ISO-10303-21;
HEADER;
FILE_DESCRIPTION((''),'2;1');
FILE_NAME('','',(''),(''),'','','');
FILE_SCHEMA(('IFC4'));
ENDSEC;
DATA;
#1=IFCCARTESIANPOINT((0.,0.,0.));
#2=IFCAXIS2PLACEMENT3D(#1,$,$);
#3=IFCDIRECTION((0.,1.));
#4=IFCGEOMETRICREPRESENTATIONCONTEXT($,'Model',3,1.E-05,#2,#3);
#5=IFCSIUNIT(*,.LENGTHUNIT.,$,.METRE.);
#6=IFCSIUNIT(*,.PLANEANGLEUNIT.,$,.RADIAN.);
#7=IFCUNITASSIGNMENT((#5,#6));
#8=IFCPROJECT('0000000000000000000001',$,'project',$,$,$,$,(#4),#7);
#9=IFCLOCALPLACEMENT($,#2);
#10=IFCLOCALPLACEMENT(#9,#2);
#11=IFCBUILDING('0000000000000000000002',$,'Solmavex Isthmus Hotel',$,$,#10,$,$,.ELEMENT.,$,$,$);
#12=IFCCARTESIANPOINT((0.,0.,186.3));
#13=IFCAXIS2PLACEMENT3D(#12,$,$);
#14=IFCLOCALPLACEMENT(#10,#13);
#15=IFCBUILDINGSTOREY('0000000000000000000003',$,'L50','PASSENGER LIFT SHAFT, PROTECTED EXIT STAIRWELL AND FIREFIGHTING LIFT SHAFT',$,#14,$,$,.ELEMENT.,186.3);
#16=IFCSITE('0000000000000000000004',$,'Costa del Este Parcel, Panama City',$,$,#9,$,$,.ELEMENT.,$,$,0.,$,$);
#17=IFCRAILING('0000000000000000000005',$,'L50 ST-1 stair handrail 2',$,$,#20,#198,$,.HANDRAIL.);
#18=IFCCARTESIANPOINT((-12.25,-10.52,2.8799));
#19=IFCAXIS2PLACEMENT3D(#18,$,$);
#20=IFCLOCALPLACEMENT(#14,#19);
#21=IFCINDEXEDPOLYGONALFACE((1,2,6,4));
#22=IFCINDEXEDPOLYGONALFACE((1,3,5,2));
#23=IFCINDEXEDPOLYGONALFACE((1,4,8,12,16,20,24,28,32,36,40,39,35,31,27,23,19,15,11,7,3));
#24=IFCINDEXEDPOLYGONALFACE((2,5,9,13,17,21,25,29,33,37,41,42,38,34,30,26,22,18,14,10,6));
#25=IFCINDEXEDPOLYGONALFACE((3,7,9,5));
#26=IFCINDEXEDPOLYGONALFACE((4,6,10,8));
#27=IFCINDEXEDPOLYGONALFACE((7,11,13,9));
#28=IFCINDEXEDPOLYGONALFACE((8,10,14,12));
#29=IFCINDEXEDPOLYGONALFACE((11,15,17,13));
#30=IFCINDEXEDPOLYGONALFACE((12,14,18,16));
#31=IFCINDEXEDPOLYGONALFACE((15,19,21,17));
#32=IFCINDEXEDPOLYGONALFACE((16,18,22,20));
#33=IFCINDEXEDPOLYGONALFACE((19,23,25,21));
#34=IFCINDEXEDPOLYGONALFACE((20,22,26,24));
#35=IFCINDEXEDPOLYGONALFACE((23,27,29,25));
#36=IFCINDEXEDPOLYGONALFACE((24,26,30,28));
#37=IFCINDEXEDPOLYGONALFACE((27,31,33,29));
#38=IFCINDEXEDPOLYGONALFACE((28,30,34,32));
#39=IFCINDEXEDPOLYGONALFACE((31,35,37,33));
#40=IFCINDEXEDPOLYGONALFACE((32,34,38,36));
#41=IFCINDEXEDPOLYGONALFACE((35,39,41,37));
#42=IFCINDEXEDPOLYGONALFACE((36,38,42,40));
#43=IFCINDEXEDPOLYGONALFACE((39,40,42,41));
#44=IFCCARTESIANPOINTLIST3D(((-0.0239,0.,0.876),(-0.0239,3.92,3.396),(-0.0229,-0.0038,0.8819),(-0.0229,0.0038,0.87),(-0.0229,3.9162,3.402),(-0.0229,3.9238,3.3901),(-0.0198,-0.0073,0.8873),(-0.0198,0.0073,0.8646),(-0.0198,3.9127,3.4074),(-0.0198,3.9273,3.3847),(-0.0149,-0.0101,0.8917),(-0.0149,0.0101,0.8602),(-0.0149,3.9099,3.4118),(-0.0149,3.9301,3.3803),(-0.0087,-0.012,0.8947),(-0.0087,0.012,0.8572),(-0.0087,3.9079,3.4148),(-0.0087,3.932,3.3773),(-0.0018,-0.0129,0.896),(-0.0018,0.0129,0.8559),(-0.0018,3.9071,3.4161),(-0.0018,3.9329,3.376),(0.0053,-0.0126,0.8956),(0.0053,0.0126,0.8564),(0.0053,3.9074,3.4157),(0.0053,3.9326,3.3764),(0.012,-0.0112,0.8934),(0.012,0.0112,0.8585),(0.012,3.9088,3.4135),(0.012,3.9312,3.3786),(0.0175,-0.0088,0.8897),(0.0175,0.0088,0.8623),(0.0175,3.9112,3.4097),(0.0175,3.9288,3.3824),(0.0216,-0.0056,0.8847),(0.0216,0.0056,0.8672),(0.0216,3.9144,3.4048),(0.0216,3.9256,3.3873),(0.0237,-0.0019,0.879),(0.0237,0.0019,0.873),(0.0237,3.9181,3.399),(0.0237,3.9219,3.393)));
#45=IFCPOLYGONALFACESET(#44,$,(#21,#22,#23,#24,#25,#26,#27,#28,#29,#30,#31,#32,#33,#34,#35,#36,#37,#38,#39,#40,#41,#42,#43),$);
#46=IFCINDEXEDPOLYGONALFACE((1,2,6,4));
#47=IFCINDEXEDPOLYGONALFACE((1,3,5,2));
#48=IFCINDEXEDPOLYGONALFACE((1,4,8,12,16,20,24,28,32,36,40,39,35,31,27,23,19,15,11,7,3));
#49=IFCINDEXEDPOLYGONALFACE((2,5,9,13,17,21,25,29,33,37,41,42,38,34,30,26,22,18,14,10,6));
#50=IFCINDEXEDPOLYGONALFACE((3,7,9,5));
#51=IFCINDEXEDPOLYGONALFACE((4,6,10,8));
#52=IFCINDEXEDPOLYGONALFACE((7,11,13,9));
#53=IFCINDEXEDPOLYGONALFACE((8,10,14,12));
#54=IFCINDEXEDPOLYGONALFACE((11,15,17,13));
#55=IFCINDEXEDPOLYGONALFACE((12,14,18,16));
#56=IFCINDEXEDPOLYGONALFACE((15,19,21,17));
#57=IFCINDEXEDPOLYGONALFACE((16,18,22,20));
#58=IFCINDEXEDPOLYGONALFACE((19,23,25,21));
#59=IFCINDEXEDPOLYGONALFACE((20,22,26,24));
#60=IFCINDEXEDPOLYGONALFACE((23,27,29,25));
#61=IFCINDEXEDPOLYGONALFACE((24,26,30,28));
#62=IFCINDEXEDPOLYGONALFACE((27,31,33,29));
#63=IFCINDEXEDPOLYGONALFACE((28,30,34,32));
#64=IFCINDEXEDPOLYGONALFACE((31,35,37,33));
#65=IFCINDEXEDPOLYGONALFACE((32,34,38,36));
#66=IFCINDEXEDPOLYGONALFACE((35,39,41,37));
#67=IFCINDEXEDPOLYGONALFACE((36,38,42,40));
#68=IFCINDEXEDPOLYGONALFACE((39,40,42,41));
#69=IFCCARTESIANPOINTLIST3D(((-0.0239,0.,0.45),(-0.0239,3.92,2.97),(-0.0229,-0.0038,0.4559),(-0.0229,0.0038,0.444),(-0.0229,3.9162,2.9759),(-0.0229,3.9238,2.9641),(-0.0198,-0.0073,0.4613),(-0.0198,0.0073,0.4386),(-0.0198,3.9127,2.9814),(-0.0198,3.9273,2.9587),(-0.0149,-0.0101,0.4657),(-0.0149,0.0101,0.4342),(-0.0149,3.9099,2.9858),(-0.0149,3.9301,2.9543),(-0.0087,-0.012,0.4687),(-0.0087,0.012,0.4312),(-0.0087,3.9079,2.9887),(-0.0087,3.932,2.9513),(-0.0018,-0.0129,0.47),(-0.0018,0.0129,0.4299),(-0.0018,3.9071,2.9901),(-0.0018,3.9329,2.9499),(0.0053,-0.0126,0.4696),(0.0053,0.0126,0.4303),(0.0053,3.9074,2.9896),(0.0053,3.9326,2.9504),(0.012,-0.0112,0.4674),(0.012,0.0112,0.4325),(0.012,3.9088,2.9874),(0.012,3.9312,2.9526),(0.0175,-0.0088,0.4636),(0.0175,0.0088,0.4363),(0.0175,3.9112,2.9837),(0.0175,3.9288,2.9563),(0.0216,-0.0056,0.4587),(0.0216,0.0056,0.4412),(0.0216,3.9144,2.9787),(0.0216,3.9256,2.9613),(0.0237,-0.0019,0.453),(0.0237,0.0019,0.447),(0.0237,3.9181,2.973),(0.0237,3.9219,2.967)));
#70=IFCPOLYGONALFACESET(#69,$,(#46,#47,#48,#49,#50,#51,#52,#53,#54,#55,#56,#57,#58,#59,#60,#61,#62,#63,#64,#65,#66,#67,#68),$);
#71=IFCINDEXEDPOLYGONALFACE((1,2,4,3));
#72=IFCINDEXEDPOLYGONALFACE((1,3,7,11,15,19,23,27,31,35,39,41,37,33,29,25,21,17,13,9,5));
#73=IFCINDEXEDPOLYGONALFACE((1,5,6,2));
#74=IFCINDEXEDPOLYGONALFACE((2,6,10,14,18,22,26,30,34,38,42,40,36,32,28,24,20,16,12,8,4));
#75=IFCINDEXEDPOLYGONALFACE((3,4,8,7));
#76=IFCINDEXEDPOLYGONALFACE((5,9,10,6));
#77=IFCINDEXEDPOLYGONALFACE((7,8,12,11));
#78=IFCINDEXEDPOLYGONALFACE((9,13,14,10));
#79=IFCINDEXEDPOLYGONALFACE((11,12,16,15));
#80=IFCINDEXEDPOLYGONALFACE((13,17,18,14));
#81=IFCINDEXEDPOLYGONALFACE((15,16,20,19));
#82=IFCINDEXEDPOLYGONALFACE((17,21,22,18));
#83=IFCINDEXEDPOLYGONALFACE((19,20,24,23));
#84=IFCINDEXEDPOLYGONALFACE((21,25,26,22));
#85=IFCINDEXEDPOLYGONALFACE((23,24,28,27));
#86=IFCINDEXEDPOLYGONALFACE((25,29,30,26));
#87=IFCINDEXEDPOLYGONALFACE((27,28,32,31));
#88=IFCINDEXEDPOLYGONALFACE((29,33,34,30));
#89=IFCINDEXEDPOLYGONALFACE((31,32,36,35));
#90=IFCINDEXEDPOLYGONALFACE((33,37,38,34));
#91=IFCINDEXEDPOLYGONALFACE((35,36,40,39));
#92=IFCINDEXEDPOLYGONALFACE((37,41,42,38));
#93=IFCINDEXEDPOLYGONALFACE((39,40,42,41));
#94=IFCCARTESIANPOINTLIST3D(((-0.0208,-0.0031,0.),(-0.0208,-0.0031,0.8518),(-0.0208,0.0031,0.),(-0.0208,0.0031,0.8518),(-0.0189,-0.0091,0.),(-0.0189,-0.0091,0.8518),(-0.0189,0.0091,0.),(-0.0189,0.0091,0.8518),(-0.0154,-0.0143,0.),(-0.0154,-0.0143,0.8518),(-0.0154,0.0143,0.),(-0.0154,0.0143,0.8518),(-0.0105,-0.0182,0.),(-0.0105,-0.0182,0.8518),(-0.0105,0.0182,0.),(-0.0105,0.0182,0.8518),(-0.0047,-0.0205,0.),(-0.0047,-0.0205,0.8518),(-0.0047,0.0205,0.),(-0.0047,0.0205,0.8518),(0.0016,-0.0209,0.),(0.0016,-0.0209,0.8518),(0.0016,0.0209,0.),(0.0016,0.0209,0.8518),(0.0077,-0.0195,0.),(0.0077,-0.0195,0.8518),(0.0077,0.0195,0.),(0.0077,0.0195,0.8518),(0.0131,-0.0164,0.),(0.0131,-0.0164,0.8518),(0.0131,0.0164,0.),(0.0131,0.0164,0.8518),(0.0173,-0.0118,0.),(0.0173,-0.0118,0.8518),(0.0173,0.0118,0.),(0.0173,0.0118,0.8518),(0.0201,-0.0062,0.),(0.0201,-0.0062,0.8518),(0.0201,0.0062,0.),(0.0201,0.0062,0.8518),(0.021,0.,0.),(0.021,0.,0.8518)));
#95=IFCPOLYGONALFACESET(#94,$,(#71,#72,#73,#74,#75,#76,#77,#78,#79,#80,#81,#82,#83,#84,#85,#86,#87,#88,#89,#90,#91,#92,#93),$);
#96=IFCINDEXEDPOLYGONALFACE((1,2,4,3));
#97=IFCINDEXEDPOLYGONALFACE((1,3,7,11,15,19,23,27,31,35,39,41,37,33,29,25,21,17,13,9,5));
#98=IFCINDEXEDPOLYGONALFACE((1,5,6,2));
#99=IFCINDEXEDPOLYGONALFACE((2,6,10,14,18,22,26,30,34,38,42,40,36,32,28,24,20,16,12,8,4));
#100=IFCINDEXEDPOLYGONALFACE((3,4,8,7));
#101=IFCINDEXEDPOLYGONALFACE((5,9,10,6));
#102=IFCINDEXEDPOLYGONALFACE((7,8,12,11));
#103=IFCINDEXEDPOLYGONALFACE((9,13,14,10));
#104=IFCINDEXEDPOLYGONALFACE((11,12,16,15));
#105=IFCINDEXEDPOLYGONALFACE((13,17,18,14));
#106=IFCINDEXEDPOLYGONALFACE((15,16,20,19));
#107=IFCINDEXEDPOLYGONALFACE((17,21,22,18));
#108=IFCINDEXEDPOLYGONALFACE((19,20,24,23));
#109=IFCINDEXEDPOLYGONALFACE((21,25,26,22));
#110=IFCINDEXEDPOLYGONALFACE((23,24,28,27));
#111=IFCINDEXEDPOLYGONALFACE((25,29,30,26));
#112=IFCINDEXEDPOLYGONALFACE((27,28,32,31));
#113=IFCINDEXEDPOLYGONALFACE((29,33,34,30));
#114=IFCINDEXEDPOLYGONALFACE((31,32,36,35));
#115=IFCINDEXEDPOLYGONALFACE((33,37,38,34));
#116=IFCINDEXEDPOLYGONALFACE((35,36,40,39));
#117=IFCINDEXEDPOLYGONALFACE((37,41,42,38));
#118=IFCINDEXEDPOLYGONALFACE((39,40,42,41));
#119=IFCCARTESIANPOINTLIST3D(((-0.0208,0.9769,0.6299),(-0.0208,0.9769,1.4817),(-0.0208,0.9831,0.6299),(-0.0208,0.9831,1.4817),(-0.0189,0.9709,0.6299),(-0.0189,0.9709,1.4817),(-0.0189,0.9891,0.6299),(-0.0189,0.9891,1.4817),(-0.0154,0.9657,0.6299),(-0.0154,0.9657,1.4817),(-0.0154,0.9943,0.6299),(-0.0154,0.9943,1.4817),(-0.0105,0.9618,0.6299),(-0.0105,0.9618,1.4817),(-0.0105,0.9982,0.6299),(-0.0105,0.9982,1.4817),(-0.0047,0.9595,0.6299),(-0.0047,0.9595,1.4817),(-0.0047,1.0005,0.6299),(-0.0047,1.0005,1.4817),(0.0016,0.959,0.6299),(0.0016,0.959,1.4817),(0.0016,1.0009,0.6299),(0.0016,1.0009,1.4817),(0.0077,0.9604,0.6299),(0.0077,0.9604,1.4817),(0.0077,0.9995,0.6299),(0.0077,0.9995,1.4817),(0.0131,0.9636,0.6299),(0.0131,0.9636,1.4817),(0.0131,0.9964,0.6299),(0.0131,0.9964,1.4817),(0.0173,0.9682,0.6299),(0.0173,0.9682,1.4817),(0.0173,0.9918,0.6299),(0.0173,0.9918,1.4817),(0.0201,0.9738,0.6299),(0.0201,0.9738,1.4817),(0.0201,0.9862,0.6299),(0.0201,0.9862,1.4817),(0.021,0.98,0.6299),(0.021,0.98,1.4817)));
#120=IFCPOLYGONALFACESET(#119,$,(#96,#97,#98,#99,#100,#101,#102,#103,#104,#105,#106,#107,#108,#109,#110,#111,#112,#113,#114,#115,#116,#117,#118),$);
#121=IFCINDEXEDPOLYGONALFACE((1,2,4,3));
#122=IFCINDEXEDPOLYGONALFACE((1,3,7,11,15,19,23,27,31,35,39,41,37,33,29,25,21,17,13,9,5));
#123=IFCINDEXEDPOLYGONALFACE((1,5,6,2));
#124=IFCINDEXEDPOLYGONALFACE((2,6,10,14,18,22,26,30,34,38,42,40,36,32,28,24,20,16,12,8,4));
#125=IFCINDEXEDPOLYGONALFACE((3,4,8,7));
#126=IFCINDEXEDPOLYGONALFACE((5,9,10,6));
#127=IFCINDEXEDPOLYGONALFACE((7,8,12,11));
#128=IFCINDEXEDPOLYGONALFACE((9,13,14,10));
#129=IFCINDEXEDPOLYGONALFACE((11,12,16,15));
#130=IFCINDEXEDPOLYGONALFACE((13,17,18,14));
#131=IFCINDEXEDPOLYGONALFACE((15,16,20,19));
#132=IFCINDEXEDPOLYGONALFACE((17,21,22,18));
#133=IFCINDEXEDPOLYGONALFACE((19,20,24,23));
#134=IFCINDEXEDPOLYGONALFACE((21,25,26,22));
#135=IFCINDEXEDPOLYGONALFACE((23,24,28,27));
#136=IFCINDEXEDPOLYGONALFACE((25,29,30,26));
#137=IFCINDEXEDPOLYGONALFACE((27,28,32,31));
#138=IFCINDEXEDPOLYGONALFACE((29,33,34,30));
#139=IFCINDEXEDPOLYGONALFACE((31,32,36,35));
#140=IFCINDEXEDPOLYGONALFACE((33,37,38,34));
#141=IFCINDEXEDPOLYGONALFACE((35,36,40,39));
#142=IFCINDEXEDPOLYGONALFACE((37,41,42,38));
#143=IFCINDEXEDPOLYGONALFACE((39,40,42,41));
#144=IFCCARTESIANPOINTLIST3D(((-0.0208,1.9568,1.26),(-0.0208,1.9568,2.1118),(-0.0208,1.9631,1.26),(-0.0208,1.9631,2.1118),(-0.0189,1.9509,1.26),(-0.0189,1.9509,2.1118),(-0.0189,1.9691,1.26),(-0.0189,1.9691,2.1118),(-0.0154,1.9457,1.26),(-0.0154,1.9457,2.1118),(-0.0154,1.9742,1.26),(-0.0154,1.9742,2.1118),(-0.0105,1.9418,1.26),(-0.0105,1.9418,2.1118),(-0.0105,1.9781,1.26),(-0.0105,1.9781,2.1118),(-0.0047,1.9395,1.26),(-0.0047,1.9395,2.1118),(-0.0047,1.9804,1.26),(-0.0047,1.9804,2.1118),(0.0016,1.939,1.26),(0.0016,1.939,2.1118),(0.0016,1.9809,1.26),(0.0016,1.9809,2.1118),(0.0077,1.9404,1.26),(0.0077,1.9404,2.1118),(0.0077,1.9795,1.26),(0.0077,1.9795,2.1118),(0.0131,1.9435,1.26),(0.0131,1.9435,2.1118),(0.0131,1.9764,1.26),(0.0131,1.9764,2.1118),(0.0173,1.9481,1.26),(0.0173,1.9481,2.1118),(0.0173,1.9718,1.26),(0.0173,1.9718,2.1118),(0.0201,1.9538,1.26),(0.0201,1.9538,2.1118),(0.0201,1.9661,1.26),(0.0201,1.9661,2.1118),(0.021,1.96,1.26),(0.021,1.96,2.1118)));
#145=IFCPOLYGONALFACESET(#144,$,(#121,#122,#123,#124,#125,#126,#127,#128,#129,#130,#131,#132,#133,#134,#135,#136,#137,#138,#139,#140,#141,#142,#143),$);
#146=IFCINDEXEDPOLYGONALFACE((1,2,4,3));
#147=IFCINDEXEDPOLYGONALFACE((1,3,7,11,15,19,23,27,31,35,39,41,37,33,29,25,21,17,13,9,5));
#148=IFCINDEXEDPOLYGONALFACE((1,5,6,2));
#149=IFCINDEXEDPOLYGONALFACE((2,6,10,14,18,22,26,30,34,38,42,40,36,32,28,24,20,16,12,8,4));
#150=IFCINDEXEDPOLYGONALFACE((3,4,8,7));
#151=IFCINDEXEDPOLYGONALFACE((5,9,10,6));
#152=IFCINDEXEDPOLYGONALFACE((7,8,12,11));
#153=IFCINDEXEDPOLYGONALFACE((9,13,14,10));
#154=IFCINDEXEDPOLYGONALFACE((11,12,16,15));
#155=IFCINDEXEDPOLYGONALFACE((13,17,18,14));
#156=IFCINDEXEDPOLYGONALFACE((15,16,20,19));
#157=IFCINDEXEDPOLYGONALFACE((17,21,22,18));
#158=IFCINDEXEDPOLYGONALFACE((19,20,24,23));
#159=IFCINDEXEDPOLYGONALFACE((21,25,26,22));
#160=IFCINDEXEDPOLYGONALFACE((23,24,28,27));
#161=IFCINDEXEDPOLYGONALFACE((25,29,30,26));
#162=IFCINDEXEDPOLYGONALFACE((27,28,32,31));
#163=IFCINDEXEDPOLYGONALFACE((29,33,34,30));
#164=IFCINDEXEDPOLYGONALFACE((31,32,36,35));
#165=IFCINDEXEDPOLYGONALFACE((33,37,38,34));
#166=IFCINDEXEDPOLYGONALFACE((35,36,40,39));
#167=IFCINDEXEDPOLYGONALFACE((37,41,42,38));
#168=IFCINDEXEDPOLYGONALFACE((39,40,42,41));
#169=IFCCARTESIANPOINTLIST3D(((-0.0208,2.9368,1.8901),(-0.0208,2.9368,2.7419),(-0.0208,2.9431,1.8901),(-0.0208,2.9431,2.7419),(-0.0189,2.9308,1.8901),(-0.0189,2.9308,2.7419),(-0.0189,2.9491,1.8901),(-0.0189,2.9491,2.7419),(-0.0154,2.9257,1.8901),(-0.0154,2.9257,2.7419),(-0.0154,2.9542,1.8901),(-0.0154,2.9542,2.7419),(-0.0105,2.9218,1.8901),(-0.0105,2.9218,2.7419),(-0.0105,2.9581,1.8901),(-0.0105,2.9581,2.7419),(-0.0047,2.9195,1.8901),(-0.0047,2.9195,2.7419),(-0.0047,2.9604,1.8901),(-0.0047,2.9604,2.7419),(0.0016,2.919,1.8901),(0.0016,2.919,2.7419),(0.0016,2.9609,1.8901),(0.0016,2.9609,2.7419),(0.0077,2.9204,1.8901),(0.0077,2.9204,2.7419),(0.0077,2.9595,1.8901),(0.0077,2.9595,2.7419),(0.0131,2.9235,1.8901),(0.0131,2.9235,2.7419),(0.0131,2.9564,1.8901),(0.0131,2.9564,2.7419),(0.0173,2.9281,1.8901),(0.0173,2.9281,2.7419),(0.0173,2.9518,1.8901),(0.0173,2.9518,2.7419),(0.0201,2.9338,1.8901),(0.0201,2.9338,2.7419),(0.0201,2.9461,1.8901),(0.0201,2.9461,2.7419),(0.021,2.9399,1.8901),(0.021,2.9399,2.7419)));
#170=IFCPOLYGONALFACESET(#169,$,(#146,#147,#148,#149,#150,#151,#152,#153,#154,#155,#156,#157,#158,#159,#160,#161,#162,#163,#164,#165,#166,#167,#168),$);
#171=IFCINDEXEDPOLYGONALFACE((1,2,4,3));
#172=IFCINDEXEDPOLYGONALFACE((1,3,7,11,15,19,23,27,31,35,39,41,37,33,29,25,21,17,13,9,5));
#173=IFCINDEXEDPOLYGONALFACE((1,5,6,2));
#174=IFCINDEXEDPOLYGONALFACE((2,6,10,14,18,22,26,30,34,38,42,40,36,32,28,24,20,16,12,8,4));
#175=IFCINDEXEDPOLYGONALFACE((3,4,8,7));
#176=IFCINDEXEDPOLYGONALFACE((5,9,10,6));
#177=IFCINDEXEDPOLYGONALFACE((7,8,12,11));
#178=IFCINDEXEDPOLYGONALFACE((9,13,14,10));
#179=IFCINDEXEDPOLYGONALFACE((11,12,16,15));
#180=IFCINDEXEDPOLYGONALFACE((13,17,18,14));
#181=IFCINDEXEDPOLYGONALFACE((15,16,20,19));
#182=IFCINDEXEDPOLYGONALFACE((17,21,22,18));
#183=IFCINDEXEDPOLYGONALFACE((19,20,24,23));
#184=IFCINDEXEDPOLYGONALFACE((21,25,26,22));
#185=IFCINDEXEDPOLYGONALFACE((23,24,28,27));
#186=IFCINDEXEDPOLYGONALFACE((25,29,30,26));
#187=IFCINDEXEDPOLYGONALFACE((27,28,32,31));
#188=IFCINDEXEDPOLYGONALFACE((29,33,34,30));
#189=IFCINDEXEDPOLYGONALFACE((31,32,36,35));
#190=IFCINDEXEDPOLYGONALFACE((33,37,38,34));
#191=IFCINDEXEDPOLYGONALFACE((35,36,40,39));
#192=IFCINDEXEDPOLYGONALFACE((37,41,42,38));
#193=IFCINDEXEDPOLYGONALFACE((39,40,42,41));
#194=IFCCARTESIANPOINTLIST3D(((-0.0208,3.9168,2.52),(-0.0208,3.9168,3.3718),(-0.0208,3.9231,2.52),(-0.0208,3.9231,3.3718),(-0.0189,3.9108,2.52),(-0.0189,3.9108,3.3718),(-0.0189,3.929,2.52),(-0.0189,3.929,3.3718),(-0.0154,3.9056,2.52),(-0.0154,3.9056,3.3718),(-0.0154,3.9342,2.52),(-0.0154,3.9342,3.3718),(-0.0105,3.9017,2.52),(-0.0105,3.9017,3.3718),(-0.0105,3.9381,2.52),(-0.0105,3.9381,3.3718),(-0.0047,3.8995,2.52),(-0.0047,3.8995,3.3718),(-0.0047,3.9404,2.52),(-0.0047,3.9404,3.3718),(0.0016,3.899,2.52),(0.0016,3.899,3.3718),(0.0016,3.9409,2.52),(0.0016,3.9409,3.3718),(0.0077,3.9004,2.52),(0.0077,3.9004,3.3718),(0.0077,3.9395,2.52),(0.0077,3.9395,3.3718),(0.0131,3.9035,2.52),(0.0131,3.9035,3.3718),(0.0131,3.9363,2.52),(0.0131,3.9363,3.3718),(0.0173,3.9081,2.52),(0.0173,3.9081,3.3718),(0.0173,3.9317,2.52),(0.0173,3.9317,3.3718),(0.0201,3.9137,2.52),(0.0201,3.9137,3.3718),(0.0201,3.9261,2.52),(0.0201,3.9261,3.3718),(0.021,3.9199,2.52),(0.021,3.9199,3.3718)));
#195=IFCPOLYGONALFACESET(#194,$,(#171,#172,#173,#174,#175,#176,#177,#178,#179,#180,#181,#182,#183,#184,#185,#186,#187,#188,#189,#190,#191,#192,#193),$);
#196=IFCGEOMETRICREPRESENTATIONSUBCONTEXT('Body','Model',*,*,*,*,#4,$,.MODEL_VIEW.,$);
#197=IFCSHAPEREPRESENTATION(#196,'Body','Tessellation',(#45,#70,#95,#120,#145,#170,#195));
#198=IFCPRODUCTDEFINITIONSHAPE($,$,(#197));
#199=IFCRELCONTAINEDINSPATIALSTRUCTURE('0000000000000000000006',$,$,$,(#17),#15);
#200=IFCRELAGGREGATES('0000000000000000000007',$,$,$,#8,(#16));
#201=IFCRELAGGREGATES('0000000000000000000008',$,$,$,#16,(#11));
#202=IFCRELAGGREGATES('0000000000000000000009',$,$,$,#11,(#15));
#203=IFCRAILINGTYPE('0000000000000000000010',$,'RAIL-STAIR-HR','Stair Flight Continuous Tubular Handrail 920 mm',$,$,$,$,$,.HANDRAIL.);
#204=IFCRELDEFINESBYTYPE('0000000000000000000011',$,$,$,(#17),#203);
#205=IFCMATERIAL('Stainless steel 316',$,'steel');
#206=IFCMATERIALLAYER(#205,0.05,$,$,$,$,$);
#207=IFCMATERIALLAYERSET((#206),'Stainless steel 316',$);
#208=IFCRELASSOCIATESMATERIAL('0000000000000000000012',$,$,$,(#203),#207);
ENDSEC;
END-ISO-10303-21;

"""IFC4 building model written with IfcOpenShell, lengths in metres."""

from ifc_helpers import new_model, si_unit, direction, frame, origin, origin_2d, place, context, subcontext, project, spatial, circle, extrude, material, layer, layer_set, type_object, element, save


model = new_model("IFC4")

# Units and contexts
model_context = context("Model", 3, precision=1e-05, world=origin(), true_north=direction((0.0, 1.0)))
body_context = subcontext(model_context, "Body", "Model", "MODEL_VIEW")
ifc_project = project(units=[si_unit("LENGTHUNIT", "METRE"), si_unit("PLANEANGLEUNIT", "RADIAN")], contexts=[model_context])

# Site, building, storey
site_placement = place(None, origin())
site = spatial("IfcSite", under=ifc_project, at=site_placement, Name="Costa del Este Parcel, Panama City", CompositionType="ELEMENT", RefElevation=0.0)
building_placement = place(site_placement, origin())
building = spatial("IfcBuilding", under=site, at=building_placement, Name="Solmavex Isthmus Hotel", CompositionType="ELEMENT")
storey_placement = place(building_placement, frame((0.0, 0.0, 186.3)))
storey = spatial("IfcBuildingStorey", under=building, at=storey_placement, Name="L50", Description="PASSENGER LIFT SHAFT, PROTECTED EXIT STAIRWELL AND FIREFIGHTING LIFT SHAFT", CompositionType="ELEMENT", Elevation=186.3)

# Shared definitions
ifc_material_1 = material(Name="Stainless steel 316", Category="steel")

# Railing
ifc_layer_1 = layer(ifc_material_1, 0.05)
ifc_layer_set_1 = layer_set([ifc_layer_1], Name="Stainless steel 316")
railing_type_1 = type_object("IfcRailingType", Name="RAIL-STAIR-HR", Description="Stair Flight Continuous Tubular Handrail 920 mm", PredefinedType="HANDRAIL", material=ifc_layer_set_1)
railing_1_placement = place(storey_placement, frame((-12.25, -10.52, 2.8799)))
element("IfcRailing", 1, at=railing_1_placement, inside=storey, type_object=railing_type_1, Name="L50 ST-1 stair handrail 2", PredefinedType="HANDRAIL", context=body_context, shape_type="SweptSolid", body=[
    extrude(circle(Radius=0.0239, at=origin_2d()), frame((0.0, 0.0, 0.876), z_axis=(0.0, 0.841172, 0.540768), x_axis=(-1.0, 0.0, 0.0)), (0.0, 0.0, 1.0), 4.6602),
    extrude(circle(Radius=0.0239, at=origin_2d()), frame((0.0, 0.0, 0.45), z_axis=(0.0, 0.841172, 0.540768), x_axis=(-1.0, 0.0, 0.0)), (0.0, 0.0, 1.0), 4.6602),
    extrude(circle(Radius=0.021, at=origin_2d()), origin(), (0.0, 0.0, 1.0), 0.8518),
    extrude(circle(Radius=0.021, at=origin_2d()), frame((0.0, 0.98, 0.6299)), (0.0, 0.0, 1.0), 0.8518),
    extrude(circle(Radius=0.021, at=origin_2d()), frame((0.0, 1.96, 1.26)), (0.0, 0.0, 1.0), 0.8518),
    extrude(circle(Radius=0.021, at=origin_2d()), frame((0.0, 2.9399, 1.8901)), (0.0, 0.0, 1.0), 0.8518),
    extrude(circle(Radius=0.021, at=origin_2d()), frame((0.0, 3.9199, 2.52)), (0.0, 0.0, 1.0), 0.8518),
])

save(model, "model.ifc")
